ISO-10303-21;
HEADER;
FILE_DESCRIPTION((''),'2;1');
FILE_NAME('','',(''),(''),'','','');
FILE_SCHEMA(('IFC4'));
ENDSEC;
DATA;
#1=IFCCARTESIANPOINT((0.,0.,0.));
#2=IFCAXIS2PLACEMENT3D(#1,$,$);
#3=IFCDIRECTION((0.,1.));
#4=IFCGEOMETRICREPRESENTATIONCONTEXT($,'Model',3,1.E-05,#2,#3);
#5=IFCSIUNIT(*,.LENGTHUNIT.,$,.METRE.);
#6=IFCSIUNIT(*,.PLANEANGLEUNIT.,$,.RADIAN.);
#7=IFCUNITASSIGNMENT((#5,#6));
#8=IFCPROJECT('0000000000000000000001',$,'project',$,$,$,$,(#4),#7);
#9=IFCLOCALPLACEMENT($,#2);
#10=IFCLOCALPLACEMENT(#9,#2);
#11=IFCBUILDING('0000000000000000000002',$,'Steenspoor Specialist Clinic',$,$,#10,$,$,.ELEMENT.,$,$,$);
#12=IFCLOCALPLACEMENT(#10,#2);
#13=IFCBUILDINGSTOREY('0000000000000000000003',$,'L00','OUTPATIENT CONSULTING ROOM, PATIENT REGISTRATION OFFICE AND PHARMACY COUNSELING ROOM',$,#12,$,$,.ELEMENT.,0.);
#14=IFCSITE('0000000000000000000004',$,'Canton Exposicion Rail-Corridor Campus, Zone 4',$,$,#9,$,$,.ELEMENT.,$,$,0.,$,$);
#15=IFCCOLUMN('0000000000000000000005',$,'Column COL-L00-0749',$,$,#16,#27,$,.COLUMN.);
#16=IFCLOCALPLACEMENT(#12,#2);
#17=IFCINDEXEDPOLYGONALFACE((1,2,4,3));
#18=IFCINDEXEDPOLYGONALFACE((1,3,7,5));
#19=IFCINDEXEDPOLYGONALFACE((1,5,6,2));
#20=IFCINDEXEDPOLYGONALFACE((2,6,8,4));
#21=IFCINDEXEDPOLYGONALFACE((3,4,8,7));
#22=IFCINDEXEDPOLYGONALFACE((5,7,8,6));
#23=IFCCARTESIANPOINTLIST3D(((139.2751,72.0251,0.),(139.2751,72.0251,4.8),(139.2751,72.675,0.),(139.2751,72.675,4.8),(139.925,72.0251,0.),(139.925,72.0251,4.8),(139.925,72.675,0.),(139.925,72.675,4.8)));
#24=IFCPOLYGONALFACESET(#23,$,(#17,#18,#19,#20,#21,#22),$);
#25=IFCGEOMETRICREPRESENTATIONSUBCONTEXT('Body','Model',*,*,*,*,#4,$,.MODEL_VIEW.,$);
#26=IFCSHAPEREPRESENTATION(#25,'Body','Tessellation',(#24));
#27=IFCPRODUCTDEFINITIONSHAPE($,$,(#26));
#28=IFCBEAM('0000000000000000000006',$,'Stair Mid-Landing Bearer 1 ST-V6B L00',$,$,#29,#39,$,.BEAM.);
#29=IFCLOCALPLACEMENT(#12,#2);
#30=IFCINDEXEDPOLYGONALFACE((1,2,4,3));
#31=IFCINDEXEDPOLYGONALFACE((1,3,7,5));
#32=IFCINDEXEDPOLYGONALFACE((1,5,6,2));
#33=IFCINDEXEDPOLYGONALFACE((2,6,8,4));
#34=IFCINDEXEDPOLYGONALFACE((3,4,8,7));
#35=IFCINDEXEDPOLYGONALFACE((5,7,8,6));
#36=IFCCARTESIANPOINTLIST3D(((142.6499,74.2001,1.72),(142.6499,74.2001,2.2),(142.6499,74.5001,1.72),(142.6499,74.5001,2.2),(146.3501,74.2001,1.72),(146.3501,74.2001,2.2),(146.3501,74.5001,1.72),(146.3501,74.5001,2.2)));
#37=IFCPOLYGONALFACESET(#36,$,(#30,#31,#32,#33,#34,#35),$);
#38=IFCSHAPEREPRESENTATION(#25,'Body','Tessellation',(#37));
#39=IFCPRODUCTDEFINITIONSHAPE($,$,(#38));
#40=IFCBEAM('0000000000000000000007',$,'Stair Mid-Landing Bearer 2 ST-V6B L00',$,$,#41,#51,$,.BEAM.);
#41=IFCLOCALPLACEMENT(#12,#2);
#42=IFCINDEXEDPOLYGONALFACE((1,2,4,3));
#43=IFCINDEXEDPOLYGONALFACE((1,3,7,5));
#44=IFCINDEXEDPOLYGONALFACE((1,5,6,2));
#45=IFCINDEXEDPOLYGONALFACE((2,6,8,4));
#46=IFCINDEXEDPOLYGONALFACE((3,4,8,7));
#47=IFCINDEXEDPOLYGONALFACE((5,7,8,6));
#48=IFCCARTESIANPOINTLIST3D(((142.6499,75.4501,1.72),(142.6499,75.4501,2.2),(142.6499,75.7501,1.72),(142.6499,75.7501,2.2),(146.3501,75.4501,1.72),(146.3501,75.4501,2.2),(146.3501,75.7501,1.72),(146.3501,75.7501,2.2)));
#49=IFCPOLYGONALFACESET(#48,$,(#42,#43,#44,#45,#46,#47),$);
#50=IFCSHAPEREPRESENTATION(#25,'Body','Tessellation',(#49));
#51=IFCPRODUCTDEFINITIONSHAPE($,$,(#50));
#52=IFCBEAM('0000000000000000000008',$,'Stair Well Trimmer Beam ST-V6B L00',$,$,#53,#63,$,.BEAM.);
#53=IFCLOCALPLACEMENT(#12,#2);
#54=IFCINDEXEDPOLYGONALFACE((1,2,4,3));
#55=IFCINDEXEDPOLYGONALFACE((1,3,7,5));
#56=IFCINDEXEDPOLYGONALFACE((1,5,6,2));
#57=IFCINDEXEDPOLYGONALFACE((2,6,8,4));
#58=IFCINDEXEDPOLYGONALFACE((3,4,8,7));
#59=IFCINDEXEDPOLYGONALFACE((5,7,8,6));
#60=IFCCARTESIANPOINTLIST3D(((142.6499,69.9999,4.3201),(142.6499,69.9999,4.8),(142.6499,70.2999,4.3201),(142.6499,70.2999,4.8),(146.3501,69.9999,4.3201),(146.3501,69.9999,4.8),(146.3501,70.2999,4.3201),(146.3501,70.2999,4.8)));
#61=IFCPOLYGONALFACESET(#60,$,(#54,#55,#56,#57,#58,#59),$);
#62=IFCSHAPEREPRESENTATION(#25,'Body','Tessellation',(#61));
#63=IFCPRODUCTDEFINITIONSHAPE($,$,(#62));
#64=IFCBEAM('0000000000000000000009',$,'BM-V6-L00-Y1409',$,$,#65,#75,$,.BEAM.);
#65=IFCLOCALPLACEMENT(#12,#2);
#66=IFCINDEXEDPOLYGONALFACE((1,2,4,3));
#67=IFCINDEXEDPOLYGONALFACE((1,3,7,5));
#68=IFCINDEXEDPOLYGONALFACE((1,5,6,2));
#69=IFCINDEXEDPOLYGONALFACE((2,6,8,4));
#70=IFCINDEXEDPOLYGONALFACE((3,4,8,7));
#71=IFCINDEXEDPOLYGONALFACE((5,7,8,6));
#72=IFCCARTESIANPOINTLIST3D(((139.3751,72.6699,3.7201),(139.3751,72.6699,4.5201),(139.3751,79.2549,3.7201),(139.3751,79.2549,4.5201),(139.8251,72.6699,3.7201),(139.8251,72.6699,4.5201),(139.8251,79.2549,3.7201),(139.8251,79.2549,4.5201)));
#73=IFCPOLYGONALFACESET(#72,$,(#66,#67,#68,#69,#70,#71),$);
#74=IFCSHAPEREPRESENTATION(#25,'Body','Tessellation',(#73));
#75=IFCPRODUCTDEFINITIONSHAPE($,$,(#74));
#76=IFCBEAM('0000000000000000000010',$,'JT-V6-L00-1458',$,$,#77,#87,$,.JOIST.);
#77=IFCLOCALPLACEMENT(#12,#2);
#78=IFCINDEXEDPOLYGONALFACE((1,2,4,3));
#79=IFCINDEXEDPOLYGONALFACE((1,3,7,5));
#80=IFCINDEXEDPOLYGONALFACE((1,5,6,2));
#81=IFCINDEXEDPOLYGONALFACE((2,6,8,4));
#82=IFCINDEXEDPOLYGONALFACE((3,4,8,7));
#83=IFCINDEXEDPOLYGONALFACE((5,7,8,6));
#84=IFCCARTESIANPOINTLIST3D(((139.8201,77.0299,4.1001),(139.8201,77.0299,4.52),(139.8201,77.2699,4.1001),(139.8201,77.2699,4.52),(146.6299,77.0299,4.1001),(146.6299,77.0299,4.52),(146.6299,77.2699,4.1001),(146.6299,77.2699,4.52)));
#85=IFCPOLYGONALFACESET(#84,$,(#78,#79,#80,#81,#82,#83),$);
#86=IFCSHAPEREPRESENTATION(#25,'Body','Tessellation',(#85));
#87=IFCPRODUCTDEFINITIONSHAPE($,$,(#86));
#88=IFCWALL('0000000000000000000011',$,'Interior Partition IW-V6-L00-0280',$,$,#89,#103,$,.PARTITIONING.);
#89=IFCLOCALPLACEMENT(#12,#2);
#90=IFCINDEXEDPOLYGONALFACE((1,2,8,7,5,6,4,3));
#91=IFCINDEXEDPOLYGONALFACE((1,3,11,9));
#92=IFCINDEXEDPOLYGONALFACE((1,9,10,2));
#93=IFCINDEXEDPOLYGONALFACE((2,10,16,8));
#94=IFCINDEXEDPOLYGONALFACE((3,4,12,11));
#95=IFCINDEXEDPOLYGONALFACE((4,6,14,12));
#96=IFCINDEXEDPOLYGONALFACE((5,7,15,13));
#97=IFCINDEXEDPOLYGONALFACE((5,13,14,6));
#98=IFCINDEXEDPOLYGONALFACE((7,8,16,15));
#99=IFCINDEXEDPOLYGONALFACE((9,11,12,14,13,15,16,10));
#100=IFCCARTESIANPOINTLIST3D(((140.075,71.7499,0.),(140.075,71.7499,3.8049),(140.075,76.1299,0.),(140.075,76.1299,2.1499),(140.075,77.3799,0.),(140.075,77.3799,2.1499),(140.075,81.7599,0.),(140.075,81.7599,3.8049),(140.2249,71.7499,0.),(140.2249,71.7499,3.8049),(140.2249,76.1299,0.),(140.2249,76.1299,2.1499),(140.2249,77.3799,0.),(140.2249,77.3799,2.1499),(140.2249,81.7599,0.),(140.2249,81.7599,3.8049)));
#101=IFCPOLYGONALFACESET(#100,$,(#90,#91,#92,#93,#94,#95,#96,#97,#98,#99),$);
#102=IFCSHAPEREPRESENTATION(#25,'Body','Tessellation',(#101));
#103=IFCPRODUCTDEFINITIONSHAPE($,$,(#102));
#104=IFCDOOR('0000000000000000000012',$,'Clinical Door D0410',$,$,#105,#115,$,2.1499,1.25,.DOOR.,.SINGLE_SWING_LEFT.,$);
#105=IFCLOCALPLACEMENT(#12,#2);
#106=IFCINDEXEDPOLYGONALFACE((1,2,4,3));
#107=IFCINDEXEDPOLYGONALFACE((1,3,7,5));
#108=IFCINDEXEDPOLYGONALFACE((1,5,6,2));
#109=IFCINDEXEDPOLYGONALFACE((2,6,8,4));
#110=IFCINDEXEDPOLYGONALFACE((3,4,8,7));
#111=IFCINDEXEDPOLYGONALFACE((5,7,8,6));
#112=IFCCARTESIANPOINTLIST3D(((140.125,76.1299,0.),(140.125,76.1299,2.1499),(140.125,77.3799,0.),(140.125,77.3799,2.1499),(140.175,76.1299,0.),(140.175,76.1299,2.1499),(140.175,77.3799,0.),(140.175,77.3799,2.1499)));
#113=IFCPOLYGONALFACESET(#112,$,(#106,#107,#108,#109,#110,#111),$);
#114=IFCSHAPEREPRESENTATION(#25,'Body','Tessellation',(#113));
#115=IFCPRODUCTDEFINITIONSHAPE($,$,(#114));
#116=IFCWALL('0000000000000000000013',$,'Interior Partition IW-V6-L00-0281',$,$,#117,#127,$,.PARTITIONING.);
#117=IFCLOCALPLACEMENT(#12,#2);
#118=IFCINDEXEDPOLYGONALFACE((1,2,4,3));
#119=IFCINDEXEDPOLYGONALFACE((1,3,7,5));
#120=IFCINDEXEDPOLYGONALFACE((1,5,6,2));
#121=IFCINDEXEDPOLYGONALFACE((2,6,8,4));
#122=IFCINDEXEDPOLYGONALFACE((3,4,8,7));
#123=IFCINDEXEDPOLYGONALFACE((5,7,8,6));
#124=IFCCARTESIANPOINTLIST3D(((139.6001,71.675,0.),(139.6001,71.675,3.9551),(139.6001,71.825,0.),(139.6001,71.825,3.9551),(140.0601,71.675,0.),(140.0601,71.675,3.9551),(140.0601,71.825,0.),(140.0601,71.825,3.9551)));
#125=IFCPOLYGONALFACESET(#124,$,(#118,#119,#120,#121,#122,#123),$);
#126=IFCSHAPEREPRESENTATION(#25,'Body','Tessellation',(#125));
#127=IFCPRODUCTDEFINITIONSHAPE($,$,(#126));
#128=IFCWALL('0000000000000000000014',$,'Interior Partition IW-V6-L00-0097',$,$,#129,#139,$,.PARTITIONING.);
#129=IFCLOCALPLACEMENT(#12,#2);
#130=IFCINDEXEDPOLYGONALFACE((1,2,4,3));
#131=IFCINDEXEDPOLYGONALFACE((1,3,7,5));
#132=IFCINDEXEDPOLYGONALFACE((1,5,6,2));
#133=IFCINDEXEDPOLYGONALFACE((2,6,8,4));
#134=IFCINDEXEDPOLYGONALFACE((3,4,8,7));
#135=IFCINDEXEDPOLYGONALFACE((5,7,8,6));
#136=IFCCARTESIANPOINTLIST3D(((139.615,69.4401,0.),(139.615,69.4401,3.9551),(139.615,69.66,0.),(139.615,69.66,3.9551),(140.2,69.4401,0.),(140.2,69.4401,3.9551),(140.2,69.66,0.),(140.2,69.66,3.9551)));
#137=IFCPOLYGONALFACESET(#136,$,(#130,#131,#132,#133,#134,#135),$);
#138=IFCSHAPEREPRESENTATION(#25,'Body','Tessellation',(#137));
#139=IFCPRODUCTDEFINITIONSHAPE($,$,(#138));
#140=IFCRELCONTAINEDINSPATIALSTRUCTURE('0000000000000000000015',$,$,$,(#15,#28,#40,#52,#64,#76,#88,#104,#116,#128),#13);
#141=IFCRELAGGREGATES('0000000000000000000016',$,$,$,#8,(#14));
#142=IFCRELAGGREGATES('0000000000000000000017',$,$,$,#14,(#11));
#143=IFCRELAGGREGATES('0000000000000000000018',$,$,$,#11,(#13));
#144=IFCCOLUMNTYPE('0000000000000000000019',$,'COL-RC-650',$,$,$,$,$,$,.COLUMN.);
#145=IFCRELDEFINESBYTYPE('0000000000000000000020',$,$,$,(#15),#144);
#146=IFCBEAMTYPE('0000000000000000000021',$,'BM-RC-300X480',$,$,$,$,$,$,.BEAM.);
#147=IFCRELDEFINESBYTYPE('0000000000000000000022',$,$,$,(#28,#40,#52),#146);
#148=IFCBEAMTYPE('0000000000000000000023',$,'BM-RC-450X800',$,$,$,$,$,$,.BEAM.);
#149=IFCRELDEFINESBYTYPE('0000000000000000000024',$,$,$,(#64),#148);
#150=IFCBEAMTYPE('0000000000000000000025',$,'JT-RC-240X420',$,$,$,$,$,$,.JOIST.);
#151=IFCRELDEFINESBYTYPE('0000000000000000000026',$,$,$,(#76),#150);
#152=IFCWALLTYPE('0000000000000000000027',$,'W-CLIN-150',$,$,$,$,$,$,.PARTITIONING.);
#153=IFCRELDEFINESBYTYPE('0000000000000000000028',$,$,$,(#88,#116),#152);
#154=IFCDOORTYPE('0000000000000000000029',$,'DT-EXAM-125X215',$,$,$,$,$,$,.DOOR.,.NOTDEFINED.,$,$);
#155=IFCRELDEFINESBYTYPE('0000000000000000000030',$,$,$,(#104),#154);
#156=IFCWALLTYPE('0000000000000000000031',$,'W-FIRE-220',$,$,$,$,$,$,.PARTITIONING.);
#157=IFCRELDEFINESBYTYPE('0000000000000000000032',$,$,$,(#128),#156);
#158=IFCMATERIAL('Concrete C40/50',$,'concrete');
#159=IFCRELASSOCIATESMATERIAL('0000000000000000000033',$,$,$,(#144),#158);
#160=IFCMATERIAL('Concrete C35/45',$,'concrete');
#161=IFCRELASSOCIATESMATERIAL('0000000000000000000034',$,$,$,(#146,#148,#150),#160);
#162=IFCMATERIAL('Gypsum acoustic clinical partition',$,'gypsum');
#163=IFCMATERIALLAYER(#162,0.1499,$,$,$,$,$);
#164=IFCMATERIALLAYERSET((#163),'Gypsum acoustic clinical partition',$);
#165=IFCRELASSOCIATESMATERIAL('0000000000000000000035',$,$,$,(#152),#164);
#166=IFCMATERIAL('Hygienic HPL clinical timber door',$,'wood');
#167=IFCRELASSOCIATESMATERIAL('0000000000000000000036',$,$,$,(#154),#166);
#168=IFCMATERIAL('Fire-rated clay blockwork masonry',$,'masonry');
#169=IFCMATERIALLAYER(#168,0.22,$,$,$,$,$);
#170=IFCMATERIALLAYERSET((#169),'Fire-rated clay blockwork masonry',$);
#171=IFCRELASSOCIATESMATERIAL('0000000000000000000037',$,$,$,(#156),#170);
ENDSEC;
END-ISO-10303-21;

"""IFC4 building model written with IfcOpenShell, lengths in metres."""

from ifc_helpers import new_model, si_unit, direction, frame, frame_2d, origin, origin_2d, place, context, subcontext, project, spatial, rectangle, extrude, material, layer, layer_set, material_profile, profile_set, type_object, element, fill, save


model = new_model("IFC4")

# Units and contexts
model_context = context("Model", 3, precision=1e-05, world=origin(), true_north=direction((0.0, 1.0)))
body_context = subcontext(model_context, "Body", "Model", "MODEL_VIEW")
ifc_project = project(units=[si_unit("LENGTHUNIT", "METRE"), si_unit("PLANEANGLEUNIT", "RADIAN")], contexts=[model_context])

# Site, building, storey
site_placement = place(None, origin())
site = spatial("IfcSite", under=ifc_project, at=site_placement, Name="Canton Exposicion Rail-Corridor Campus, Zone 4", CompositionType="ELEMENT", RefElevation=0.0)
building_placement = place(site_placement, origin())
building = spatial("IfcBuilding", under=site, at=building_placement, Name="Steenspoor Specialist Clinic", CompositionType="ELEMENT")
storey_placement = place(building_placement, origin())
storey = spatial("IfcBuildingStorey", under=building, at=storey_placement, Name="L00", Description="OUTPATIENT CONSULTING ROOM, PATIENT REGISTRATION OFFICE AND PHARMACY COUNSELING ROOM", CompositionType="ELEMENT", Elevation=0.0)

# Shared definitions
ifc_material_1 = material(Name="Concrete C35/45", Category="concrete")

# Column
ifc_material_2 = material(Name="Concrete C40/50", Category="concrete")
ifc_material_profile_1 = material_profile(ifc_material_2, rectangle(XDim=0.6499, YDim=0.6499, at=origin_2d()), Name="RC-COL-650X650")
ifc_profile_set_1 = profile_set([ifc_material_profile_1], Name="Concrete C40/50")
column_type = type_object("IfcColumnType", Name="COL-RC-650", PredefinedType="COLUMN", material=ifc_profile_set_1)
column_placement = place(storey_placement, frame((139.6001, 72.3501, 0.0), z_axis=(0.0, 0.0, 1.0), x_axis=(1.0, 0.0, 0.0)))
element("IfcColumn", 1, at=column_placement, inside=storey, type_object=column_type, Name="Column COL-L00-0749", PredefinedType="COLUMN", context=body_context, shape_type="SweptSolid", body=[
    extrude(rectangle(XDim=0.6499, YDim=0.6499, at=origin_2d()), origin(), (0.0, 0.0, 1.0), 4.8),
])

# Beams
ifc_material_profile_2 = material_profile(ifc_material_1, rectangle(XDim=0.3, YDim=0.48, at=origin_2d()), Name="RC-BM-300X480")
ifc_profile_set_2 = profile_set([ifc_material_profile_2], Name="Concrete C35/45")
beam_type_1 = type_object("IfcBeamType", Name="BM-RC-300X480", PredefinedType="BEAM", material=ifc_profile_set_2)
for number, where, z_axis, x_axis, name in (
    (2, (142.6499, 74.3501, 1.96), (1.0, 0.0, 0.0), (0.0, 1.0, 0.0), "Stair Mid-Landing Bearer 1 ST-V6B L00"),
    (3, (142.6499, 75.6001, 1.96), (1.0, 0.0, 0.0), (0.0, 1.0, 0.0), "Stair Mid-Landing Bearer 2 ST-V6B L00"),
    (4, (142.6499, 70.1499, 4.5601), (1.0, 0.0, 0.0), (0.0, 1.0, 0.0), "Stair Well Trimmer Beam ST-V6B L00"),
):
    element("IfcBeam", number, at=place(storey_placement, frame(where, z_axis=z_axis, x_axis=x_axis)), inside=storey, type_object=beam_type_1, Name=name, PredefinedType="BEAM", context=body_context, shape_type="SweptSolid", body=[
        extrude(rectangle(XDim=0.3, YDim=0.48, at=origin_2d()), origin(), (0.0, 0.0, 1.0), 3.7002),
    ])
ifc_material_profile_3 = material_profile(ifc_material_1, rectangle(XDim=0.45, YDim=0.8, at=origin_2d()), Name="RC-BM-450X800")
ifc_profile_set_3 = profile_set([ifc_material_profile_3], Name="Concrete C35/45")
beam_type_2 = type_object("IfcBeamType", Name="BM-RC-450X800", PredefinedType="BEAM", material=ifc_profile_set_3)
beam_1_placement = place(storey_placement, frame((139.6001, 72.6699, 4.1201), z_axis=(0.0, 1.0, 0.0), x_axis=(-1.0, 0.0, 0.0)))
element("IfcBeam", 5, at=beam_1_placement, inside=storey, type_object=beam_type_2, Name="BM-V6-L00-Y1409", PredefinedType="BEAM", context=body_context, shape_type="SweptSolid", body=[
    extrude(rectangle(XDim=0.45, YDim=0.8, at=origin_2d()), origin(), (0.0, 0.0, 1.0), 6.585),
])
ifc_material_profile_4 = material_profile(ifc_material_1, rectangle(XDim=0.24, YDim=0.4199, at=origin_2d()), Name="RC-JT-240X420")
ifc_profile_set_4 = profile_set([ifc_material_profile_4], Name="Concrete C35/45")
beam_type_3 = type_object("IfcBeamType", Name="JT-RC-240X420", PredefinedType="JOIST", material=ifc_profile_set_4)
beam_2_placement = place(storey_placement, frame((139.8201, 77.1499, 4.3101), z_axis=(1.0, 0.0, 0.0), x_axis=(0.0, 1.0, 0.0)))
element("IfcBeam", 6, at=beam_2_placement, inside=storey, type_object=beam_type_3, Name="JT-V6-L00-1458", PredefinedType="JOIST", context=body_context, shape_type="SweptSolid", body=[
    extrude(rectangle(XDim=0.24, YDim=0.4199, at=origin_2d()), origin(), (0.0, 0.0, 1.0), 6.8098),
])

# Wall, opening, door
ifc_material_3 = material(Name="Gypsum acoustic clinical partition", Category="gypsum")
ifc_layer_1 = layer(ifc_material_3, 0.1499)
ifc_layer_set_1 = layer_set([ifc_layer_1], Name="Gypsum acoustic clinical partition")
wall_type_1 = type_object("IfcWallType", Name="W-CLIN-150", PredefinedType="PARTITIONING", material=ifc_layer_set_1)
wall_1_placement = place(storey_placement, frame((140.1499, 71.75, 0.0), z_axis=(0.0, 0.0, 1.0), x_axis=(0.0, 1.0, 0.0)))
wall_1 = element("IfcWall", 7, at=wall_1_placement, inside=storey, type_object=wall_type_1, Name="Interior Partition IW-V6-L00-0280", PredefinedType="PARTITIONING", context=body_context, shape_type="SweptSolid", body=[
    extrude(rectangle(XDim=10.01, YDim=0.1499, at=frame_2d((5.0049, 0.0))), origin(), (0.0, 0.0, 1.0), 3.8049),
])
opening_1_placement = place(wall_1_placement, frame((4.3799, 0.0, 0.0)))
opening_1 = element("IfcOpeningElement", 8, at=opening_1_placement, cuts=wall_1, PredefinedType="OPENING", context=body_context, shape_type="SweptSolid", body=[
    extrude(rectangle(XDim=1.25, YDim=2.1499, at=frame_2d((0.625, 1.075))), frame((0.0, 0.085, 0.0), z_axis=(0.0, -1.0, 0.0), x_axis=(1.0, 0.0, 0.0)), (0.0, 0.0, 1.0), 0.1699),
])
ifc_material_4 = material(Name="Hygienic HPL clinical timber door", Category="wood")
door_type_1 = type_object("IfcDoorType", Name="DT-EXAM-125X215", OperationType="NOTDEFINED", PredefinedType="DOOR", material=ifc_material_4)
door_1_placement = place(opening_1_placement, origin())
door_1 = element("IfcDoor", 9, at=door_1_placement, inside=storey, type_object=door_type_1, Name="Clinical Door D0410", OperationType="SINGLE_SWING_LEFT", OverallHeight=2.1499, OverallWidth=1.25, PredefinedType="DOOR", context=body_context, shape_type="SweptSolid", body=[
    extrude(rectangle(XDim=1.25, YDim=2.1499, at=frame_2d((0.625, 1.075))), frame((0.0, 0.0249, 0.0), z_axis=(0.0, -1.0, 0.0), x_axis=(1.0, 0.0, 0.0)), (0.0, 0.0, 1.0), 0.05),
])
fill(opening_1, door_1)

# Walls
wall_2_placement = place(storey_placement, frame((139.6001, 71.75, 0.0), z_axis=(0.0, 0.0, 1.0), x_axis=(1.0, 0.0, 0.0)))
element("IfcWall", 10, at=wall_2_placement, inside=storey, type_object=wall_type_1, Name="Interior Partition IW-V6-L00-0281", PredefinedType="PARTITIONING", context=body_context, shape_type="SweptSolid", body=[
    extrude(rectangle(XDim=0.46, YDim=0.1499, at=frame_2d((0.23, 0.0))), origin(), (0.0, 0.0, 1.0), 3.9551),
])
ifc_material_5 = material(Name="Fire-rated clay blockwork masonry", Category="masonry")
ifc_layer_2 = layer(ifc_material_5, 0.22)
ifc_layer_set_2 = layer_set([ifc_layer_2], Name="Fire-rated clay blockwork masonry")
wall_type_2 = type_object("IfcWallType", Name="W-FIRE-220", PredefinedType="PARTITIONING", material=ifc_layer_set_2)
wall_3_placement = place(storey_placement, frame((139.615, 69.55, 0.0), z_axis=(0.0, 0.0, 1.0), x_axis=(1.0, 0.0, 0.0)))
element("IfcWall", 11, at=wall_3_placement, inside=storey, type_object=wall_type_2, Name="Interior Partition IW-V6-L00-0097", PredefinedType="PARTITIONING", context=body_context, shape_type="SweptSolid", body=[
    extrude(rectangle(XDim=0.585, YDim=0.22, at=frame_2d((0.2925, 0.0))), origin(), (0.0, 0.0, 1.0), 3.9551),
])

save(model, "model.ifc")
